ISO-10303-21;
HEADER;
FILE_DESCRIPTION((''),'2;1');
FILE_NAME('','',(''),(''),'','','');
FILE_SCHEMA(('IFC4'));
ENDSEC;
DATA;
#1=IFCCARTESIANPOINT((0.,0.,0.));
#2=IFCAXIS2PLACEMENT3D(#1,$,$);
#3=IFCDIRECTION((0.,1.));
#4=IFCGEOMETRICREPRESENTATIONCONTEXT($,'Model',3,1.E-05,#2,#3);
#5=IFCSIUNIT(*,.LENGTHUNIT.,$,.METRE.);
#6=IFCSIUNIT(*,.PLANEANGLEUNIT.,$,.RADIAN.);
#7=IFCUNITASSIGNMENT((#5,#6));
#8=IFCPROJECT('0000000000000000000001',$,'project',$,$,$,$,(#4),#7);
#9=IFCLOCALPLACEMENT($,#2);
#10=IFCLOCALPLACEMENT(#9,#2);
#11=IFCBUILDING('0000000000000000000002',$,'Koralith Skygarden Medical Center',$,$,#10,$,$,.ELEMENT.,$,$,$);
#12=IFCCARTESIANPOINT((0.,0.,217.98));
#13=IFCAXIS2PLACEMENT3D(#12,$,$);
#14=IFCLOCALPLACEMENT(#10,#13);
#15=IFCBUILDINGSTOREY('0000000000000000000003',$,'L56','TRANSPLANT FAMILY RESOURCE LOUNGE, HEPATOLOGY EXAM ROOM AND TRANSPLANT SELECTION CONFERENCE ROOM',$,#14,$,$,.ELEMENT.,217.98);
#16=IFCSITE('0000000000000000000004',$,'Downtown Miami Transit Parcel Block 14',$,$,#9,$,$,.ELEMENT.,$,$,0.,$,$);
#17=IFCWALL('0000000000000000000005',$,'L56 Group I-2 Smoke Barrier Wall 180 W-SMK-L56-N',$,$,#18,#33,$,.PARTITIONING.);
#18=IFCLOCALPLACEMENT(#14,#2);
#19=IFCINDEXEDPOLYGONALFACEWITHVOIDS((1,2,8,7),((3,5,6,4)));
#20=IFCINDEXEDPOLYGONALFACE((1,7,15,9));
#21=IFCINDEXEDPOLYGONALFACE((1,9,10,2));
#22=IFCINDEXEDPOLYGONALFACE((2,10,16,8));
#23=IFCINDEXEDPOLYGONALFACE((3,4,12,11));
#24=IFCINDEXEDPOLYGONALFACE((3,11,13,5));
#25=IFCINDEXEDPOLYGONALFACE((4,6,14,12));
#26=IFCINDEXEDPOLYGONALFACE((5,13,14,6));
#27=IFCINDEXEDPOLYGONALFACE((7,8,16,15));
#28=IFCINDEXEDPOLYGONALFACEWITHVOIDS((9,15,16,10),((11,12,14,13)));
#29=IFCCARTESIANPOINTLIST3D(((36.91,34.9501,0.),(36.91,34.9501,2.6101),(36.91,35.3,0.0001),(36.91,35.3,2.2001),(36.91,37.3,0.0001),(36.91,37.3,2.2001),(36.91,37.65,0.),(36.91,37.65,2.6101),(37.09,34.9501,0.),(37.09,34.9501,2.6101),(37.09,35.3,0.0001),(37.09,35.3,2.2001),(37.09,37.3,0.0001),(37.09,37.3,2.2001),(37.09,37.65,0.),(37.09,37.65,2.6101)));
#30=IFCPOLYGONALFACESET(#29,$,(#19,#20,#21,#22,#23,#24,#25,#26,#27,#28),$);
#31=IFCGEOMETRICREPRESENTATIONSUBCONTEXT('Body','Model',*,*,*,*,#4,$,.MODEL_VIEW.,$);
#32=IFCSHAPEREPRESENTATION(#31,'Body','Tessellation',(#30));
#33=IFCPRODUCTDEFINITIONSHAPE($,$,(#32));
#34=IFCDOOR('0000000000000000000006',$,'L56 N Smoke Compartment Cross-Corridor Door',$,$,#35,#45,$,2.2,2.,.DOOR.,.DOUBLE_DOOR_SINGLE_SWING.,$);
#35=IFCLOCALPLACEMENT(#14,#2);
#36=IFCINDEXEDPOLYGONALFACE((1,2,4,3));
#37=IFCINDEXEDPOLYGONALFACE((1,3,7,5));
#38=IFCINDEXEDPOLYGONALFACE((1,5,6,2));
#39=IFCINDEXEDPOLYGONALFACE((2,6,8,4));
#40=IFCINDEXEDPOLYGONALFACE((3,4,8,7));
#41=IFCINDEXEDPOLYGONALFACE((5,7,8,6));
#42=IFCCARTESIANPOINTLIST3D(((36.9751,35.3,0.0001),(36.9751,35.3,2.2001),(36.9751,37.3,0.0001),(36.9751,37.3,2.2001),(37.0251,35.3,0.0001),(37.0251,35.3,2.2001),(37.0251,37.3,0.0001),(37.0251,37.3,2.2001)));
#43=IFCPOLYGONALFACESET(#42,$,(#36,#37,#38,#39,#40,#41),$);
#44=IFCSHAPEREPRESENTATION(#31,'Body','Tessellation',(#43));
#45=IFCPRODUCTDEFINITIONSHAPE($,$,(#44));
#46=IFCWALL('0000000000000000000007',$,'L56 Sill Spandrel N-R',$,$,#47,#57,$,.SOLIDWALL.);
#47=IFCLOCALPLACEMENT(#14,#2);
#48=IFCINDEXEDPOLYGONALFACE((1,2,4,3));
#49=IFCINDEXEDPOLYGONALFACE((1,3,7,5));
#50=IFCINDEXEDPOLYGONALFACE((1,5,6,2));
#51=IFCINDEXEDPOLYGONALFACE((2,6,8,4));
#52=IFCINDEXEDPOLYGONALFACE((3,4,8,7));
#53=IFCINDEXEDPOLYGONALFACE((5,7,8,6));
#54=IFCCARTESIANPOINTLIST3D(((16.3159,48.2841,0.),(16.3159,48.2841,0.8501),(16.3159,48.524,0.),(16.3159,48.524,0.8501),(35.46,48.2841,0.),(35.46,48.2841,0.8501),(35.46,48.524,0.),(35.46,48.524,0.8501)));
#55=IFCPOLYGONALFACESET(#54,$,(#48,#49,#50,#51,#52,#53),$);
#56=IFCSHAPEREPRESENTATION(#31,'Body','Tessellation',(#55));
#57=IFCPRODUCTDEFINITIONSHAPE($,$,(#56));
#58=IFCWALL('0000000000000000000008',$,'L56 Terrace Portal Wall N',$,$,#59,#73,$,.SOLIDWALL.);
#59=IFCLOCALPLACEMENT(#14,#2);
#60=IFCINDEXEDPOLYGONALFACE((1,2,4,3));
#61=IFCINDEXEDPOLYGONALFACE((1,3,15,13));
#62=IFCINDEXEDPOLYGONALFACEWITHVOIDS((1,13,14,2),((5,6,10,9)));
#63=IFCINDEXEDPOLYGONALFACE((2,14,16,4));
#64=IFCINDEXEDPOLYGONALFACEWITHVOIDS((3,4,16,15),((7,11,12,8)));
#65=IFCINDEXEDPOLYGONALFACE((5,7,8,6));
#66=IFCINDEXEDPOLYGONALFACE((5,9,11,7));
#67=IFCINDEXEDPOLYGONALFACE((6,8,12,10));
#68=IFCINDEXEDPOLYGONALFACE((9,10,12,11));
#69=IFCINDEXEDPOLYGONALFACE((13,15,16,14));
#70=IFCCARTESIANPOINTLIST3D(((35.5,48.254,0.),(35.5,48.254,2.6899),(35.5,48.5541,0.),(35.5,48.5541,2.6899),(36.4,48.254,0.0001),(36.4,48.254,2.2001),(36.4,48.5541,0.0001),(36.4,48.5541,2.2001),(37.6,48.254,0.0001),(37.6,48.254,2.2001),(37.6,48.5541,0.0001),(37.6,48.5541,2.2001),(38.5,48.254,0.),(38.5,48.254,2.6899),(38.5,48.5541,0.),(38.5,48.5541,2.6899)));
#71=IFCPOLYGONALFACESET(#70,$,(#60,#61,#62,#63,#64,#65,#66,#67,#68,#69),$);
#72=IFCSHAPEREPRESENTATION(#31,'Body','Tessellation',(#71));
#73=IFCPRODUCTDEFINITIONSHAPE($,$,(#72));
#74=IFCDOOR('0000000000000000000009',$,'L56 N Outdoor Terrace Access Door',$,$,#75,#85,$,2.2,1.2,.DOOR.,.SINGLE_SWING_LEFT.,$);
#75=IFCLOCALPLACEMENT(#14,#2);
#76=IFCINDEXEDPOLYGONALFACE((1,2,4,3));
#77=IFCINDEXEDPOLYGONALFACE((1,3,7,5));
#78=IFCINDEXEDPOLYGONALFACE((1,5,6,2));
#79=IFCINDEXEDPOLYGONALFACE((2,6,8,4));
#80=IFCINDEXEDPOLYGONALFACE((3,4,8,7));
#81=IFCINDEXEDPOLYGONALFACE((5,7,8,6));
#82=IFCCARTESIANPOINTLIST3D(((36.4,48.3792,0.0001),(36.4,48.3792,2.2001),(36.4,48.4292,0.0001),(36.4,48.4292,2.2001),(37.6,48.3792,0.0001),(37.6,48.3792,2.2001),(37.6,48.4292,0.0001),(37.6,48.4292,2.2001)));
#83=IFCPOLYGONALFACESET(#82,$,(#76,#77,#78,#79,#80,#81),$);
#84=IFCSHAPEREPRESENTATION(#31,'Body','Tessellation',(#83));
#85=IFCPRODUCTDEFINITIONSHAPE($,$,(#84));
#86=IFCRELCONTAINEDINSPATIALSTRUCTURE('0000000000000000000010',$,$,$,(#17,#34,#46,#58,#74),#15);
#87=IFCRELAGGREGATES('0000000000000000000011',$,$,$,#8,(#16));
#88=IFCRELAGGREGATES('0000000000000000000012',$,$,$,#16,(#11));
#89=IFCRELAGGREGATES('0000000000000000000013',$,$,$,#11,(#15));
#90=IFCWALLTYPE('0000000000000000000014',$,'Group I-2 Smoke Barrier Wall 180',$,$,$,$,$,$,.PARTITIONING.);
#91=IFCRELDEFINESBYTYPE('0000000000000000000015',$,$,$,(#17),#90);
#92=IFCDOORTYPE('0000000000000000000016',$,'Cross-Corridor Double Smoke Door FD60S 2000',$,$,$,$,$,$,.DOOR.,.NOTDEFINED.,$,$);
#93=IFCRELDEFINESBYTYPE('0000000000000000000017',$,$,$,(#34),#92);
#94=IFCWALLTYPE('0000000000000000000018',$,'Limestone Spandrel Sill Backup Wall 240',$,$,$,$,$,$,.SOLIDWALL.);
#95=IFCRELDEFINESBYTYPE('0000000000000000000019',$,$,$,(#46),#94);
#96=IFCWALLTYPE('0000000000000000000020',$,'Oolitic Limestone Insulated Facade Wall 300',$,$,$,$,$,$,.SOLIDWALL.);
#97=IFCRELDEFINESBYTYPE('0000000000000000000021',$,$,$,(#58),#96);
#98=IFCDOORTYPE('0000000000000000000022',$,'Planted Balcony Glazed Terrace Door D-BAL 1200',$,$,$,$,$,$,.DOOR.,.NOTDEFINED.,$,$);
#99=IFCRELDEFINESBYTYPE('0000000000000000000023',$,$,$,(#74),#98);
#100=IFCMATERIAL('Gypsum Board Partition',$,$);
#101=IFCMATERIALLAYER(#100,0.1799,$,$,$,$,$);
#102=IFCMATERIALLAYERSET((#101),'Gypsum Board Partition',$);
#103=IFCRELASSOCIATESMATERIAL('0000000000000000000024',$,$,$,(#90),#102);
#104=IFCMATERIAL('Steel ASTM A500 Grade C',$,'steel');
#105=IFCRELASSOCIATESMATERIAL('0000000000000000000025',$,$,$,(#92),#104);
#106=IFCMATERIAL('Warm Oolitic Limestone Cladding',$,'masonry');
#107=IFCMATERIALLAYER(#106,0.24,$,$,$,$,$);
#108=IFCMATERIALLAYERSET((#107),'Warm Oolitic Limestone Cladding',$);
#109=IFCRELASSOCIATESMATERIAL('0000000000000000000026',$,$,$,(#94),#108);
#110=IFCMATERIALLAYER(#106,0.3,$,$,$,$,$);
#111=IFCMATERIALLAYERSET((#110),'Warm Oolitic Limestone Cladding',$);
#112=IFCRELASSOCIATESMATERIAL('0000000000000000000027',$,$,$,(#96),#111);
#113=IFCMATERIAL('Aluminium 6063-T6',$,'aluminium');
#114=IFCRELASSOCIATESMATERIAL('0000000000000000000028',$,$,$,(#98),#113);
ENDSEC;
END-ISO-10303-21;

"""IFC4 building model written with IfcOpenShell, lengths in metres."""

from ifc_helpers import new_model, si_unit, direction, frame, frame_2d, origin, place, context, subcontext, project, spatial, rectangle, extrude, material, layer, layer_set, type_object, element, fill, save


model = new_model("IFC4")

# Units and contexts
model_context = context("Model", 3, precision=1e-05, world=origin(), true_north=direction((0.0, 1.0)))
body_context = subcontext(model_context, "Body", "Model", "MODEL_VIEW")
ifc_project = project(units=[si_unit("LENGTHUNIT", "METRE"), si_unit("PLANEANGLEUNIT", "RADIAN")], contexts=[model_context])

# Site, building, storey
site_placement = place(None, origin())
site = spatial("IfcSite", under=ifc_project, at=site_placement, Name="Downtown Miami Transit Parcel Block 14", CompositionType="ELEMENT", RefElevation=0.0)
building_placement = place(site_placement, origin())
building = spatial("IfcBuilding", under=site, at=building_placement, Name="Koralith Skygarden Medical Center", CompositionType="ELEMENT")
storey_placement = place(building_placement, frame((0.0, 0.0, 217.98)))
storey = spatial("IfcBuildingStorey", under=building, at=storey_placement, Name="L56", Description="TRANSPLANT FAMILY RESOURCE LOUNGE, HEPATOLOGY EXAM ROOM AND TRANSPLANT SELECTION CONFERENCE ROOM", CompositionType="ELEMENT", Elevation=217.98)

# Shared definitions
ifc_material_1 = material(Name="Aluminium 6063-T6", Category="aluminium")

# Shared definitions
ifc_material_2 = material(Name="Gypsum Board Partition")

# Wall, opening, door
ifc_layer_1 = layer(ifc_material_2, 0.1799)
ifc_layer_set_1 = layer_set([ifc_layer_1], Name="Gypsum Board Partition")
wall_type_1 = type_object("IfcWallType", Name="Group I-2 Smoke Barrier Wall 180", PredefinedType="PARTITIONING", material=ifc_layer_set_1)
wall_1_placement = place(storey_placement, frame((37.0, 34.95, 0.0), z_axis=(0.0, 0.0, 1.0), x_axis=(0.0, 1.0, 0.0)))
wall_1 = element("IfcWall", 1, at=wall_1_placement, inside=storey, type_object=wall_type_1, Name="L56 Group I-2 Smoke Barrier Wall 180 W-SMK-L56-N", PredefinedType="PARTITIONING", context=body_context, shape_type="SweptSolid", body=[
    extrude(rectangle(XDim=2.7, YDim=0.1799, at=frame_2d((1.3501, 0.0))), origin(), (0.0, 0.0, 1.0), 2.6101),
])
opening_1_placement = place(wall_1_placement, frame((0.3501, 0.0, 0.0)))
opening_1 = element("IfcOpeningElement", 2, at=opening_1_placement, cuts=wall_1, PredefinedType="OPENING", context=body_context, shape_type="SweptSolid", body=[
    extrude(rectangle(XDim=2.0, YDim=2.2, at=frame_2d((1.0, 1.1001))), frame((0.0, 0.0999, 0.0), z_axis=(0.0, -1.0, 0.0), x_axis=(1.0, 0.0, 0.0)), (0.0, 0.0, 1.0), 0.2),
])
ifc_material_3 = material(Name="Steel ASTM A500 Grade C", Category="steel")
door_type_1 = type_object("IfcDoorType", Name="Cross-Corridor Double Smoke Door FD60S 2000", OperationType="NOTDEFINED", PredefinedType="DOOR", material=ifc_material_3)
door_1_placement = place(opening_1_placement, origin())
door_1 = element("IfcDoor", 3, at=door_1_placement, inside=storey, type_object=door_type_1, Name="L56 N Smoke Compartment Cross-Corridor Door", OperationType="DOUBLE_DOOR_SINGLE_SWING", OverallHeight=2.2, OverallWidth=2.0, PredefinedType="DOOR", context=body_context, shape_type="SweptSolid", body=[
    extrude(rectangle(XDim=2.0, YDim=2.2, at=frame_2d((1.0, 1.1001))), frame((0.0, 0.0249, 0.0), z_axis=(0.0, -1.0, 0.0), x_axis=(1.0, 0.0, 0.0)), (0.0, 0.0, 1.0), 0.05),
])
fill(opening_1, door_1)

# Wall
ifc_material_4 = material(Name="Warm Oolitic Limestone Cladding", Category="masonry")
ifc_layer_2 = layer(ifc_material_4, 0.24)
ifc_layer_set_2 = layer_set([ifc_layer_2], Name="Warm Oolitic Limestone Cladding")
wall_type_2 = type_object("IfcWallType", Name="Limestone Spandrel Sill Backup Wall 240", PredefinedType="SOLIDWALL", material=ifc_layer_set_2)
wall_2_placement = place(storey_placement, frame((35.46, 48.4041, 0.0), z_axis=(0.0, 0.0, 1.0), x_axis=(-1.0, 0.0, 0.0)))
element("IfcWall", 4, at=wall_2_placement, inside=storey, type_object=wall_type_2, Name="L56 Sill Spandrel N-R", PredefinedType="SOLIDWALL", context=body_context, shape_type="SweptSolid", body=[
    extrude(rectangle(XDim=19.144, YDim=0.24, at=frame_2d((9.572, 0.0))), origin(), (0.0, 0.0, 1.0), 0.8501),
])

# Wall, opening, door
ifc_layer_3 = layer(ifc_material_4, 0.3)
ifc_layer_set_3 = layer_set([ifc_layer_3], Name="Warm Oolitic Limestone Cladding")
wall_type_3 = type_object("IfcWallType", Name="Oolitic Limestone Insulated Facade Wall 300", PredefinedType="SOLIDWALL", material=ifc_layer_set_3)
wall_3_placement = place(storey_placement, frame((38.5, 48.4041, 0.0), z_axis=(0.0, 0.0, 1.0), x_axis=(-1.0, 0.0, 0.0)))
wall_3 = element("IfcWall", 5, at=wall_3_placement, inside=storey, type_object=wall_type_3, Name="L56 Terrace Portal Wall N", PredefinedType="SOLIDWALL", context=body_context, shape_type="SweptSolid", body=[
    extrude(rectangle(XDim=3.0, YDim=0.3, at=frame_2d((1.5, 0.0))), origin(), (0.0, 0.0, 1.0), 2.6899),
])
opening_2_placement = place(wall_3_placement, frame((0.8999, 0.0, 0.0)))
opening_2 = element("IfcOpeningElement", 6, at=opening_2_placement, cuts=wall_3, PredefinedType="OPENING", context=body_context, shape_type="SweptSolid", body=[
    extrude(rectangle(XDim=1.2, YDim=2.2, at=frame_2d((0.6001, 1.1001))), frame((0.0, 0.1599, 0.0), z_axis=(0.0, -1.0, 0.0), x_axis=(1.0, 0.0, 0.0)), (0.0, 0.0, 1.0), 0.3201),
])
door_type_2 = type_object("IfcDoorType", Name="Planted Balcony Glazed Terrace Door D-BAL 1200", OperationType="NOTDEFINED", PredefinedType="DOOR", material=ifc_material_1)
door_2_placement = place(opening_2_placement, origin())
door_2 = element("IfcDoor", 7, at=door_2_placement, inside=storey, type_object=door_type_2, Name="L56 N Outdoor Terrace Access Door", OperationType="SINGLE_SWING_LEFT", OverallHeight=2.2, OverallWidth=1.2, PredefinedType="DOOR", context=body_context, shape_type="SweptSolid", body=[
    extrude(rectangle(XDim=1.2, YDim=2.2, at=frame_2d((0.6001, 1.1001))), frame((0.0, 0.0249, 0.0), z_axis=(0.0, -1.0, 0.0), x_axis=(1.0, 0.0, 0.0)), (0.0, 0.0, 1.0), 0.05),
])
fill(opening_2, door_2)

save(model, "model.ifc")
